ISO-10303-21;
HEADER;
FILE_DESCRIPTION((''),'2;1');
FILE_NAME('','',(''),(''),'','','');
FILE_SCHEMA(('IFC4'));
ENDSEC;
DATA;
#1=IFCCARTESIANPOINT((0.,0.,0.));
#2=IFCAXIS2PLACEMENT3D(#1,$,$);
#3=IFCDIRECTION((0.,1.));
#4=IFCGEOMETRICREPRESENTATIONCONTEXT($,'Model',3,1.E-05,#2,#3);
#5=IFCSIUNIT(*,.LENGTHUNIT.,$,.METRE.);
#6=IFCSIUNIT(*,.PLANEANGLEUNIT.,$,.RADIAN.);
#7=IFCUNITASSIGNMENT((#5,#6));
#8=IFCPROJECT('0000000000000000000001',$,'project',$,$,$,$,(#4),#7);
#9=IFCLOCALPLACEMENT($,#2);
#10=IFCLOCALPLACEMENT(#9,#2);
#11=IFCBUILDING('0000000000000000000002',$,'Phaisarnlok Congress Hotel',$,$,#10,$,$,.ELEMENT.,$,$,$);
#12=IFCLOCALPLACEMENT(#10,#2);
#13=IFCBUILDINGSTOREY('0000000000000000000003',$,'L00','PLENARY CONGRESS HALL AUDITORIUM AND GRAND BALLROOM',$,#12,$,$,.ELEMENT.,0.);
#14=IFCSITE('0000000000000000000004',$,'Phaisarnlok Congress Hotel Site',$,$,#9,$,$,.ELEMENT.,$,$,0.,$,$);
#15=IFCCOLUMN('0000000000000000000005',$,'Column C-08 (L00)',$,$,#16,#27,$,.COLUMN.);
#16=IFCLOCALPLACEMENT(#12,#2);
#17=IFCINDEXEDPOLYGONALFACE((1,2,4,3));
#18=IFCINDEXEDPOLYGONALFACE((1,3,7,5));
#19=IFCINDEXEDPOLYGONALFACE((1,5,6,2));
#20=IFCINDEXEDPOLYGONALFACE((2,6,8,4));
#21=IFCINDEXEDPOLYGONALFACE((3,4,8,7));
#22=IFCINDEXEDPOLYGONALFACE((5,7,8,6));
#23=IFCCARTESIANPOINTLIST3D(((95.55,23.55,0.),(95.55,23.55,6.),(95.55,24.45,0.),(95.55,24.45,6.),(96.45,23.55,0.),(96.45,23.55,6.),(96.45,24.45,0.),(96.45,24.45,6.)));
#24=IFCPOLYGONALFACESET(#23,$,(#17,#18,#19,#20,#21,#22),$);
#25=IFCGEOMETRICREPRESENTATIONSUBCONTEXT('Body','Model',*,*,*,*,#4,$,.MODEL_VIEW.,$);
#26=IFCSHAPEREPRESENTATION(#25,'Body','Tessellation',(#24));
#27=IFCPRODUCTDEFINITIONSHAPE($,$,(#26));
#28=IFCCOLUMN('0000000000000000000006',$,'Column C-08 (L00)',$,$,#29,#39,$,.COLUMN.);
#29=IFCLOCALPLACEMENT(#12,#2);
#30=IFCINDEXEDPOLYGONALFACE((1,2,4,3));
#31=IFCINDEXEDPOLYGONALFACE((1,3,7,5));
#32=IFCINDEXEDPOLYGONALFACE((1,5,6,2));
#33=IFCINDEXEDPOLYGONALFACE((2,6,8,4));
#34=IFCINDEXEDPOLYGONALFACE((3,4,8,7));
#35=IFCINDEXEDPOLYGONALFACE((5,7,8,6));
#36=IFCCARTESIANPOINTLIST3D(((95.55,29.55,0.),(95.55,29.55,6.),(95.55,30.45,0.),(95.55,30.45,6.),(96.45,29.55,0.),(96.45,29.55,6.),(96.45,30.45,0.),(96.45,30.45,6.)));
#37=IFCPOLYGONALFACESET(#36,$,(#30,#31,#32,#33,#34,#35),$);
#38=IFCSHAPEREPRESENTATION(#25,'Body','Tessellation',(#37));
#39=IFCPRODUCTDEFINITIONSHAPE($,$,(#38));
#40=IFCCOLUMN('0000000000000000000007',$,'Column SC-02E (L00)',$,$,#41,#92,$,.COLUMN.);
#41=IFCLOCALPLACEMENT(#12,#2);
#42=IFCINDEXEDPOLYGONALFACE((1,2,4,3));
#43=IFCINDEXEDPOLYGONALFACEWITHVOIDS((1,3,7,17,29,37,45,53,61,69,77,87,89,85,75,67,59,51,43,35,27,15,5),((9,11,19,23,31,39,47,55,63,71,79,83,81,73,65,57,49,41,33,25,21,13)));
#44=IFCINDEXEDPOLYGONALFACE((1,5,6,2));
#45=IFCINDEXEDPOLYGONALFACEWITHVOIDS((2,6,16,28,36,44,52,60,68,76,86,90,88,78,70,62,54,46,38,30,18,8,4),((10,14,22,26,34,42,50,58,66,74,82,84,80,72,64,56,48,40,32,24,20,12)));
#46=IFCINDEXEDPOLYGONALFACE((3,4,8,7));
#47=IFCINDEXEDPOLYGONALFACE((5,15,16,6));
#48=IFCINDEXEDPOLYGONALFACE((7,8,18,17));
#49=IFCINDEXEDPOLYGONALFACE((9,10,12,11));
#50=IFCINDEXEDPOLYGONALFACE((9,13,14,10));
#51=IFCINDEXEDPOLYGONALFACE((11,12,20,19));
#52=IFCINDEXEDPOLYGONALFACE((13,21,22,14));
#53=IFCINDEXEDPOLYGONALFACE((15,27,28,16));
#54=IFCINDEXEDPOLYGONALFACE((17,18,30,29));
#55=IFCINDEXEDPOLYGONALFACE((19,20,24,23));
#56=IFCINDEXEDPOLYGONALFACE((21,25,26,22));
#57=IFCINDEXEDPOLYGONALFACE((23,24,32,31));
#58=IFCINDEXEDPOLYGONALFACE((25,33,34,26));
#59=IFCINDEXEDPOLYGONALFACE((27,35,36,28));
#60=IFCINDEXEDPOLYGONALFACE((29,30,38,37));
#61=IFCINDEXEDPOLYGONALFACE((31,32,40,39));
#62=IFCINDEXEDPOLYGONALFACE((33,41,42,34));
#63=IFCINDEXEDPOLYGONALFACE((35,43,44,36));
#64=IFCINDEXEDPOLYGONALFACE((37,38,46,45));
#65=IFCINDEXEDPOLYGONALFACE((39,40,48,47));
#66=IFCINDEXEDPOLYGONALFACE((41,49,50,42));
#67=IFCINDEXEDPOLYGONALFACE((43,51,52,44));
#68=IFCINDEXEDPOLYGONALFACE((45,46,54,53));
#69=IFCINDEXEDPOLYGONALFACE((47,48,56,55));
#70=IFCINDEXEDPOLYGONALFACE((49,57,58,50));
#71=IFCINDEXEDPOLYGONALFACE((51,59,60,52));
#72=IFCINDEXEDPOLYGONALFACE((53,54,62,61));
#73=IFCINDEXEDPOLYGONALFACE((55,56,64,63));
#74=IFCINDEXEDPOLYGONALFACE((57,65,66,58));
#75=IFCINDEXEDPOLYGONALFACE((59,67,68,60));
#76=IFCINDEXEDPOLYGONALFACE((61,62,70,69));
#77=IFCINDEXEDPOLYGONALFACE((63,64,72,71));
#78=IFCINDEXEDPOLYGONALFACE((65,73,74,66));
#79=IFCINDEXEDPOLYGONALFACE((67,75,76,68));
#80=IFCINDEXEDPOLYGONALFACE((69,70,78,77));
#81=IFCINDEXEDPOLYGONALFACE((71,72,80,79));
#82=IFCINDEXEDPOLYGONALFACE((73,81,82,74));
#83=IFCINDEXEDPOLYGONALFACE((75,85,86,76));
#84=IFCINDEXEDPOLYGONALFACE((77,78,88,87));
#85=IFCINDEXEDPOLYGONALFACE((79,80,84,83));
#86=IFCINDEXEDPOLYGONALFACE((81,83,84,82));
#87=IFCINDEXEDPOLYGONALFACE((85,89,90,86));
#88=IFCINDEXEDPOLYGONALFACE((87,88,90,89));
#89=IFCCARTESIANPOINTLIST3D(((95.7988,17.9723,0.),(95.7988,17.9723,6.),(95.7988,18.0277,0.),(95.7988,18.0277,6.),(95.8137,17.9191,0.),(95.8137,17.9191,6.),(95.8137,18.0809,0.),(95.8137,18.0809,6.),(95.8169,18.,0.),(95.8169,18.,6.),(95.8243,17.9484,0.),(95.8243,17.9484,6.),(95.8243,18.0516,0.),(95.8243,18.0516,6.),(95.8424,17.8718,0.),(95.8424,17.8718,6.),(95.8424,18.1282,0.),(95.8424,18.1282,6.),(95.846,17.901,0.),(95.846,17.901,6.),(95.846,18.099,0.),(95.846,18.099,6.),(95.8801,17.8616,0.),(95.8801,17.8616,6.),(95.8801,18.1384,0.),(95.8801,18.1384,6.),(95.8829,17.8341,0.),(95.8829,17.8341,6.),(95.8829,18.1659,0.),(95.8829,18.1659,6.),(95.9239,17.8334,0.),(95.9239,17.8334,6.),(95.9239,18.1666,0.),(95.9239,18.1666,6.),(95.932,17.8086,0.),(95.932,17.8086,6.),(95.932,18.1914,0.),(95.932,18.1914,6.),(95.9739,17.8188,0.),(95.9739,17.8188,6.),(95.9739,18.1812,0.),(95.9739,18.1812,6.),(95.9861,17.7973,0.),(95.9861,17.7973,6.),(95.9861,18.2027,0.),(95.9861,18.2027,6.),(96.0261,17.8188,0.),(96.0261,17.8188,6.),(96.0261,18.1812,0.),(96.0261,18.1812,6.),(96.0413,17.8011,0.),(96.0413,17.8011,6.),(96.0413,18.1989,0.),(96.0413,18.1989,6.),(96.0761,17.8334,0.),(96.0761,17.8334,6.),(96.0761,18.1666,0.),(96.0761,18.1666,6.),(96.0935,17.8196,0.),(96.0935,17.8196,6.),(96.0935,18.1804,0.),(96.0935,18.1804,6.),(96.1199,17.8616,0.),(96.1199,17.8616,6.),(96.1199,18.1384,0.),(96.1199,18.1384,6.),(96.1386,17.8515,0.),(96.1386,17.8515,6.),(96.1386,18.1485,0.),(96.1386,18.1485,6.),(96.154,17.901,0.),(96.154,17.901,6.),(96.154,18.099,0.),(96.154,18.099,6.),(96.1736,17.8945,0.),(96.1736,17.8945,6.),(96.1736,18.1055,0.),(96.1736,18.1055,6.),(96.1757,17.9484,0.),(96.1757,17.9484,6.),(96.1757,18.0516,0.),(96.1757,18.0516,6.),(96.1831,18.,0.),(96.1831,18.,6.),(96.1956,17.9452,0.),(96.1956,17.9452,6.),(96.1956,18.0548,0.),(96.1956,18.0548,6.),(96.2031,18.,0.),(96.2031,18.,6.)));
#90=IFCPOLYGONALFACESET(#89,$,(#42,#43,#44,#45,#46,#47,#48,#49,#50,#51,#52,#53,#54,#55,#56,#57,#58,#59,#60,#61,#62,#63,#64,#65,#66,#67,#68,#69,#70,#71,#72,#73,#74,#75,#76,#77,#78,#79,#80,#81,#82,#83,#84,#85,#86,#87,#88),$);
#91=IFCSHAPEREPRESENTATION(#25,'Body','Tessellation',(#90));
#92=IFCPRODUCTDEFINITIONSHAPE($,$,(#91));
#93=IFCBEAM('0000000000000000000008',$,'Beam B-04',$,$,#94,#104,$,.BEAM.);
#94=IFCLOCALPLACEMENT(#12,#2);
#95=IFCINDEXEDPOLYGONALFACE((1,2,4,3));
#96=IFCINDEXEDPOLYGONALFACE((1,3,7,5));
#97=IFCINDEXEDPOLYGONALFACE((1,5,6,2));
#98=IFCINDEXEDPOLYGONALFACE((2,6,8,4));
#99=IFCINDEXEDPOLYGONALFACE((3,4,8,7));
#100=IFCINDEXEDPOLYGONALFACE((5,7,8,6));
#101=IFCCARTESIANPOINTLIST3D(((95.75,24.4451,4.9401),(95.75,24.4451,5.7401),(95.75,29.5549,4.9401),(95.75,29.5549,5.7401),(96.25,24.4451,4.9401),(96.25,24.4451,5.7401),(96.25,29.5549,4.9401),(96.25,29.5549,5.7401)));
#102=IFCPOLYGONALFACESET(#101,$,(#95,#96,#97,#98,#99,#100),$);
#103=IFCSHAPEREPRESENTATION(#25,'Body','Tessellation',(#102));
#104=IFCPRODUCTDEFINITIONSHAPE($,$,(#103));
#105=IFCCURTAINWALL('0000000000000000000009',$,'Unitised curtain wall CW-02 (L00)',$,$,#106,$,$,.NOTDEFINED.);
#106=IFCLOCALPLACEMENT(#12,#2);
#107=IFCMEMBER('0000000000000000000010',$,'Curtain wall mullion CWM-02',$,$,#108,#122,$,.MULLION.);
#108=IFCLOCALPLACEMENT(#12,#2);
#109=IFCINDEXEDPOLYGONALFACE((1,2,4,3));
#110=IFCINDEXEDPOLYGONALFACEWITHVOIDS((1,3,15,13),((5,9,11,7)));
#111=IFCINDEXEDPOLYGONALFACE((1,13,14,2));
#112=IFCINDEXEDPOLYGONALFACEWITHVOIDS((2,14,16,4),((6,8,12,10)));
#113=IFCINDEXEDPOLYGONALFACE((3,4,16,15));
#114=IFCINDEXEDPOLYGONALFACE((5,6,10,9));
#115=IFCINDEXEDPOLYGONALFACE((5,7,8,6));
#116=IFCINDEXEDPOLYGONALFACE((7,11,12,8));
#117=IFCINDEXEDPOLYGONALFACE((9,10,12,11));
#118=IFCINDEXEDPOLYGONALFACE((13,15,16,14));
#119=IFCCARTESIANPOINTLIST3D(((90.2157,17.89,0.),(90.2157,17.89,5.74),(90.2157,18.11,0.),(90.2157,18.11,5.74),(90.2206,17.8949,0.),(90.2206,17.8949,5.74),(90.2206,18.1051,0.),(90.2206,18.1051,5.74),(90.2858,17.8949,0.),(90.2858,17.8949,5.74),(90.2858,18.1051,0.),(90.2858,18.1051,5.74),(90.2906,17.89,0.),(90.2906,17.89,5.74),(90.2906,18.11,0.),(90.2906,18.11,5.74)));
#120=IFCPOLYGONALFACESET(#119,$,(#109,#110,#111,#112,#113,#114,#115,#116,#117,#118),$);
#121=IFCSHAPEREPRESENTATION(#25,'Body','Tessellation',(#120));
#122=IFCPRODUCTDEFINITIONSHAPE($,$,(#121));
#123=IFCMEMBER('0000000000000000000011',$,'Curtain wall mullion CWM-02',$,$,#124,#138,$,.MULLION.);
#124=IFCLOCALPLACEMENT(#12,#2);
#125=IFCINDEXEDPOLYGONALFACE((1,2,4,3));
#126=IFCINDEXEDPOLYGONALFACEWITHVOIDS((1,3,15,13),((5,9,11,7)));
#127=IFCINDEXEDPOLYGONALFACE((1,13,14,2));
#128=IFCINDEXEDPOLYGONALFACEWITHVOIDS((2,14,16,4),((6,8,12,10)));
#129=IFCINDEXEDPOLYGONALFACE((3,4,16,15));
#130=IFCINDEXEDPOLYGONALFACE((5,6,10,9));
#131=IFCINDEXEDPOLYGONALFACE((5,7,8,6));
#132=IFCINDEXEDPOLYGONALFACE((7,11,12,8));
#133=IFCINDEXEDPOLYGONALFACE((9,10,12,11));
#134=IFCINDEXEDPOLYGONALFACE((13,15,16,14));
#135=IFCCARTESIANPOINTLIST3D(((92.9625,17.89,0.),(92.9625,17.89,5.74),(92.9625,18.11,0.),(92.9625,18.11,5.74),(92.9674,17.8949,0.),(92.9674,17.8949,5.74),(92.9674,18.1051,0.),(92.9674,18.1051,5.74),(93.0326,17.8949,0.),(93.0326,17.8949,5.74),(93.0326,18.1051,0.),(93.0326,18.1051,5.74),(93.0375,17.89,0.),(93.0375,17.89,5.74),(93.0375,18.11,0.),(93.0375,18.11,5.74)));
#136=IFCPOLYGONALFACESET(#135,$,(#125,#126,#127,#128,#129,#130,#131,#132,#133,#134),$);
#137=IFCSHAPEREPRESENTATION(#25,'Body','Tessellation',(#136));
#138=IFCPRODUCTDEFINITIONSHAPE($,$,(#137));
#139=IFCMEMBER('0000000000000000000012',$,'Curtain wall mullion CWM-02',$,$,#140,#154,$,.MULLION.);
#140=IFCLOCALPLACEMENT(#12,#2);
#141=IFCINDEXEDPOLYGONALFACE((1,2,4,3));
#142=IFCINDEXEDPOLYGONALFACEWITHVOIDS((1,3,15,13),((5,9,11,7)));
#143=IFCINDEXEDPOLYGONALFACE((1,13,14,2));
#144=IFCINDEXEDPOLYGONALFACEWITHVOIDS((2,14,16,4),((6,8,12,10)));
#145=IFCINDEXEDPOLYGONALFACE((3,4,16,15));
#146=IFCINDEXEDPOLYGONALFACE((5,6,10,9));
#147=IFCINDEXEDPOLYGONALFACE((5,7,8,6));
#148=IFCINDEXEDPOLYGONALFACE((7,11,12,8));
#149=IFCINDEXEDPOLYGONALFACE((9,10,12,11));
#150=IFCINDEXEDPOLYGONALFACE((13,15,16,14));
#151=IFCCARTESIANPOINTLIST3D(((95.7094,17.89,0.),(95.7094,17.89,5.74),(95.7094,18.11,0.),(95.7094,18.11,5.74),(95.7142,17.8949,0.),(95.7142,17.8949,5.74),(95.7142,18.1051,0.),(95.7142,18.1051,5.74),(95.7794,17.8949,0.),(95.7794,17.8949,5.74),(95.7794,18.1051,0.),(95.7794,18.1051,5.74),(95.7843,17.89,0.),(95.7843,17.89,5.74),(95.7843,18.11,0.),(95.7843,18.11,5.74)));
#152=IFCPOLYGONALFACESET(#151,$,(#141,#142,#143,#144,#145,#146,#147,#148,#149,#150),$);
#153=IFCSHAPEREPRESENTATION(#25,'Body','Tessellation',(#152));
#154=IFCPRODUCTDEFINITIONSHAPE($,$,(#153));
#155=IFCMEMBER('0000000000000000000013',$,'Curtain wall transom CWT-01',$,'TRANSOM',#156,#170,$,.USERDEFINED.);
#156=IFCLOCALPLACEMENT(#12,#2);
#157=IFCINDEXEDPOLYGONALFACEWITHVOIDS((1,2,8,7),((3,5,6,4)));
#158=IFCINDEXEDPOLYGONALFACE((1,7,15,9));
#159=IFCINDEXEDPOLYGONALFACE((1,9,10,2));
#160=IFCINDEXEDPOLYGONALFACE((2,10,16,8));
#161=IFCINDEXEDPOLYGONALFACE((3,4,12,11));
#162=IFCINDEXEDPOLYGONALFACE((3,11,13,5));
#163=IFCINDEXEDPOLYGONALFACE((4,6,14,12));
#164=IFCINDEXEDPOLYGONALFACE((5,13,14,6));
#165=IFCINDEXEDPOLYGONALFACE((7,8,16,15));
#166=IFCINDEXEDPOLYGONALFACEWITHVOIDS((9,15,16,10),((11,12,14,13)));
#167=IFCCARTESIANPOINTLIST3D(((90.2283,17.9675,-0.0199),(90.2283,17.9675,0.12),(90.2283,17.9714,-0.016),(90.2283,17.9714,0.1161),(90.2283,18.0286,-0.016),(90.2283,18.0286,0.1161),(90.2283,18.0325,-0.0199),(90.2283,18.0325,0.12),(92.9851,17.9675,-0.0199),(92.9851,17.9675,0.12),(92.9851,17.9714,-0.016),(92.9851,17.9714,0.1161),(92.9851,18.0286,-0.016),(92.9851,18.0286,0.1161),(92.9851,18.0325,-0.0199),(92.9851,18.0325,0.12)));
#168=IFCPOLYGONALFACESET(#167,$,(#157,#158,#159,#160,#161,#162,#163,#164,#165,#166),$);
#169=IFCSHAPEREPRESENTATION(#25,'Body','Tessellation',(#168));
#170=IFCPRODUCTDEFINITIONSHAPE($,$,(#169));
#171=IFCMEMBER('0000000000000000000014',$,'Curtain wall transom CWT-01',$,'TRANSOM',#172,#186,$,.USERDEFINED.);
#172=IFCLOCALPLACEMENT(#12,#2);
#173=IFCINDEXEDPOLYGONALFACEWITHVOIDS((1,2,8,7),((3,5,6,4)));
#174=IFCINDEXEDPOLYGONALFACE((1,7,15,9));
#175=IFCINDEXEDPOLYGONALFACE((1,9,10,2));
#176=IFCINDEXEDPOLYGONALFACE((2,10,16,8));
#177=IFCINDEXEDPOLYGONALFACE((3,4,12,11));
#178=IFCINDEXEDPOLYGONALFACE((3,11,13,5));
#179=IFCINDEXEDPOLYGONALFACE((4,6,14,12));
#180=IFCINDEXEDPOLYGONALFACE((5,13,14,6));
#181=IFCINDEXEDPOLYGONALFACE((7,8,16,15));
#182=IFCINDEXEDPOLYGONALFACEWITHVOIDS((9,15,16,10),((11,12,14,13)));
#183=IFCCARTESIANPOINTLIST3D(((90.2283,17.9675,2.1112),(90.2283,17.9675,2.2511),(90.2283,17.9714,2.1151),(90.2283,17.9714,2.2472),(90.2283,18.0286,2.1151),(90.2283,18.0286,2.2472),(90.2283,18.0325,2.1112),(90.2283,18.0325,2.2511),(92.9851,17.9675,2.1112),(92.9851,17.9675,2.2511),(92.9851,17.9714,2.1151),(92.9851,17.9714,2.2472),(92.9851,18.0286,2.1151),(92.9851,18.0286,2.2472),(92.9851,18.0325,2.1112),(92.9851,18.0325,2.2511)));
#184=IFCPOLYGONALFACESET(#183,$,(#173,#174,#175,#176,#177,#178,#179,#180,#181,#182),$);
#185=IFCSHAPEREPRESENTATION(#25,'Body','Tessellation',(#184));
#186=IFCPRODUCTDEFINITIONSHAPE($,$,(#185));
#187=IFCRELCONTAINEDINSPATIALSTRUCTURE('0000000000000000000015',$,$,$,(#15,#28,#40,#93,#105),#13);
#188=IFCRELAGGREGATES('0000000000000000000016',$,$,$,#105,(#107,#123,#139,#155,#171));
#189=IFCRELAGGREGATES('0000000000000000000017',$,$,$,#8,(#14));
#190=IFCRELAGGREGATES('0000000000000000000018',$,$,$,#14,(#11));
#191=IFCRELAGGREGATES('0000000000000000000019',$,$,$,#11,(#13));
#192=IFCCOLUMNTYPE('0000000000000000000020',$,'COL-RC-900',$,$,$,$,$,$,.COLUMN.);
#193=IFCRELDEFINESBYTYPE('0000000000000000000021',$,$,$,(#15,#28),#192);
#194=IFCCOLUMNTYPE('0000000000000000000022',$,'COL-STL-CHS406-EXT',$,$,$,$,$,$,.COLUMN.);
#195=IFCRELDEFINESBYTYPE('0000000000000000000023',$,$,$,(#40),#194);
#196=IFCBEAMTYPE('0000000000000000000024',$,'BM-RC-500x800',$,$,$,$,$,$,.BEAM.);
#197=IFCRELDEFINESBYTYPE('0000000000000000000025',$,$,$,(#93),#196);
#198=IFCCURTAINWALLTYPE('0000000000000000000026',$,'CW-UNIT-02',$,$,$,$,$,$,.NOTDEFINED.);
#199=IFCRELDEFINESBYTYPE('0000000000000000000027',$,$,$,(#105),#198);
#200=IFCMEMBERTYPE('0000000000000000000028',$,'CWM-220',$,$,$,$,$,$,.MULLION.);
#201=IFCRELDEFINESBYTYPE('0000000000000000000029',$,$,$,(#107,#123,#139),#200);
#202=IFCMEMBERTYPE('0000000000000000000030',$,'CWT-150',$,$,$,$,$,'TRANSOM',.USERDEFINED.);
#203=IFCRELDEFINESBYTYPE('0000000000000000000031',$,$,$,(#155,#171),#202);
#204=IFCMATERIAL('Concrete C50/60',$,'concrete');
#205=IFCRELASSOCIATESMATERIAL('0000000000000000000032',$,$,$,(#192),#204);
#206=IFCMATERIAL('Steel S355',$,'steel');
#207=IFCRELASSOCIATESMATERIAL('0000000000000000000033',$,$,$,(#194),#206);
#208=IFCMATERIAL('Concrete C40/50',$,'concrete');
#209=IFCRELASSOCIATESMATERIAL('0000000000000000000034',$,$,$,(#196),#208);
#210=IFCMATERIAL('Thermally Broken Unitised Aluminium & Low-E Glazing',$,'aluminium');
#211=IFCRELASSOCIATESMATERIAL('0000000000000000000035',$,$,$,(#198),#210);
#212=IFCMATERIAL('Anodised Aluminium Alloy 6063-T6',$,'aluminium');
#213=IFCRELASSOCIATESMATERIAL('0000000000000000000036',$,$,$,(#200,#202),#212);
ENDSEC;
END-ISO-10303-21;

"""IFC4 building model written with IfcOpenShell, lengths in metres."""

from ifc_helpers import new_model, si_unit, direction, frame, origin, origin_2d, place, context, subcontext, project, spatial, rectangle, hollow_rectangle, hollow_circle, extrude, material, material_profile, profile_set, type_object, element, aggregate, save


model = new_model("IFC4")

# Units and contexts
model_context = context("Model", 3, precision=1e-05, world=origin(), true_north=direction((0.0, 1.0)))
body_context = subcontext(model_context, "Body", "Model", "MODEL_VIEW")
ifc_project = project(units=[si_unit("LENGTHUNIT", "METRE"), si_unit("PLANEANGLEUNIT", "RADIAN")], contexts=[model_context])

# Site, building, storey
site_placement = place(None, origin())
site = spatial("IfcSite", under=ifc_project, at=site_placement, Name="Phaisarnlok Congress Hotel Site", CompositionType="ELEMENT", RefElevation=0.0)
building_placement = place(site_placement, origin())
building = spatial("IfcBuilding", under=site, at=building_placement, Name="Phaisarnlok Congress Hotel", CompositionType="ELEMENT")
storey_placement = place(building_placement, origin())
storey = spatial("IfcBuildingStorey", under=building, at=storey_placement, Name="L00", Description="PLENARY CONGRESS HALL AUDITORIUM AND GRAND BALLROOM", CompositionType="ELEMENT", Elevation=0.0)

# Columns
ifc_material_1 = material(Name="Concrete C50/60", Category="concrete")
ifc_material_profile_1 = material_profile(ifc_material_1, rectangle(XDim=0.8999, YDim=0.8999, at=origin_2d()), Name="RC 900x900")
ifc_profile_set_1 = profile_set([ifc_material_profile_1], Name="Concrete C50/60")
column_type_1 = type_object("IfcColumnType", Name="COL-RC-900", PredefinedType="COLUMN", material=ifc_profile_set_1)
for number, where, z_axis, x_axis, name in (
    (1, (96.0, 24.0, 0.0), (0.0, 0.0, 1.0), (1.0, 0.0, 0.0), "Column C-08 (L00)"),
    (2, (96.0, 30.0, 0.0), (0.0, 0.0, 1.0), (1.0, 0.0, 0.0), "Column C-08 (L00)"),
):
    element("IfcColumn", number, at=place(storey_placement, frame(where, z_axis=z_axis, x_axis=x_axis)), inside=storey, type_object=column_type_1, Name=name, PredefinedType="COLUMN", context=body_context, shape_type="SweptSolid", body=[
        extrude(rectangle(XDim=0.8999, YDim=0.8999, at=origin_2d()), origin(), (0.0, 0.0, 1.0), 6.0),
    ])
ifc_material_2 = material(Name="Steel S355", Category="steel")
ifc_material_profile_2 = material_profile(ifc_material_2, hollow_circle(Radius=0.2031, WallThickness=0.02, at=origin_2d()), Name="CHS 406.4x20")
ifc_profile_set_2 = profile_set([ifc_material_profile_2], Name="Steel S355")
column_type_2 = type_object("IfcColumnType", Name="COL-STL-CHS406-EXT", PredefinedType="COLUMN", material=ifc_profile_set_2)
column_placement = place(storey_placement, frame((96.0, 18.0, 0.0), z_axis=(0.0, 0.0, 1.0), x_axis=(1.0, 0.0, 0.0)))
element("IfcColumn", 3, at=column_placement, inside=storey, type_object=column_type_2, Name="Column SC-02E (L00)", PredefinedType="COLUMN", context=body_context, shape_type="SweptSolid", body=[
    extrude(hollow_circle(Radius=0.2031, WallThickness=0.02, at=origin_2d()), origin(), (0.0, 0.0, 1.0), 6.0),
])

# Beam
ifc_material_3 = material(Name="Concrete C40/50", Category="concrete")
ifc_material_profile_3 = material_profile(ifc_material_3, rectangle(XDim=0.5, YDim=0.8, at=origin_2d()), Name="RC 500x800")
ifc_profile_set_3 = profile_set([ifc_material_profile_3], Name="Concrete C40/50")
beam_type_1 = type_object("IfcBeamType", Name="BM-RC-500x800", PredefinedType="BEAM", material=ifc_profile_set_3)
beam_1_placement = place(storey_placement, frame((96.0, 24.4451, 5.3401), z_axis=(0.0, 1.0, 0.0), x_axis=(-1.0, 0.0, 0.0)))
element("IfcBeam", 4, at=beam_1_placement, inside=storey, type_object=beam_type_1, Name="Beam B-04", PredefinedType="BEAM", context=body_context, shape_type="SweptSolid", body=[
    extrude(rectangle(XDim=0.5, YDim=0.8, at=origin_2d()), origin(), (0.0, 0.0, 1.0), 5.1099),
])

# Curtain wall, members
ifc_material_4 = material(Name="Thermally Broken Unitised Aluminium & Low-E Glazing", Category="aluminium")
curtain_wall_type = type_object("IfcCurtainWallType", Name="CW-UNIT-02", PredefinedType="NOTDEFINED", material=ifc_material_4)
curtain_wall_placement = place(storey_placement, origin())
curtain_wall = element("IfcCurtainWall", 5, at=curtain_wall_placement, inside=storey, type_object=curtain_wall_type, Name="Unitised curtain wall CW-02 (L00)", PredefinedType="NOTDEFINED")
ifc_material_5 = material(Name="Anodised Aluminium Alloy 6063-T6", Category="aluminium")
ifc_material_profile_4 = material_profile(ifc_material_5, hollow_rectangle(XDim=0.075, YDim=0.22, WallThickness=0.0049, at=origin_2d()), Name="ALU-M 75x220x5")
ifc_profile_set_4 = profile_set([ifc_material_profile_4], Name="Anodised Aluminium Alloy 6063-T6")
member_type_1 = type_object("IfcMemberType", Name="CWM-220", PredefinedType="MULLION", material=ifc_profile_set_4)
member_1_placement = place(storey_placement, frame((90.2532, 18.0, 0.0), z_axis=(0.0, 0.0, 1.0), x_axis=(1.0, 0.0, 0.0)))
member_1 = element("IfcMember", 6, at=member_1_placement, type_object=member_type_1, Name="Curtain wall mullion CWM-02", PredefinedType="MULLION", context=body_context, shape_type="SweptSolid", body=[
    extrude(hollow_rectangle(XDim=0.075, YDim=0.22, WallThickness=0.0049, at=origin_2d()), origin(), (0.0, 0.0, 1.0), 5.74),
])
member_2_placement = place(storey_placement, frame((93.0, 18.0, 0.0), z_axis=(0.0, 0.0, 1.0), x_axis=(1.0, 0.0, 0.0)))
member_2 = element("IfcMember", 7, at=member_2_placement, type_object=member_type_1, Name="Curtain wall mullion CWM-02", PredefinedType="MULLION", context=body_context, shape_type="SweptSolid", body=[
    extrude(hollow_rectangle(XDim=0.075, YDim=0.22, WallThickness=0.0049, at=origin_2d()), origin(), (0.0, 0.0, 1.0), 5.74),
])
member_3_placement = place(storey_placement, frame((95.7468, 18.0, 0.0), z_axis=(0.0, 0.0, 1.0), x_axis=(1.0, 0.0, 0.0)))
member_3 = element("IfcMember", 8, at=member_3_placement, type_object=member_type_1, Name="Curtain wall mullion CWM-02", PredefinedType="MULLION", context=body_context, shape_type="SweptSolid", body=[
    extrude(hollow_rectangle(XDim=0.075, YDim=0.22, WallThickness=0.0049, at=origin_2d()), origin(), (0.0, 0.0, 1.0), 5.74),
])
ifc_material_profile_5 = material_profile(ifc_material_5, hollow_rectangle(XDim=0.0649, YDim=0.1399, WallThickness=0.0039, at=origin_2d()), Name="ALU-T 65x140x4")
ifc_profile_set_5 = profile_set([ifc_material_profile_5], Name="Anodised Aluminium Alloy 6063-T6")
member_type_2 = type_object("IfcMemberType", Name="CWT-150", ElementType="TRANSOM", PredefinedType="USERDEFINED", material=ifc_profile_set_5)
member_4_placement = place(storey_placement, frame((90.2283, 18.0, 0.05), z_axis=(1.0, 0.0, 0.0), x_axis=(0.0, 1.0, 0.0)))
member_4 = element("IfcMember", 9, at=member_4_placement, type_object=member_type_2, Name="Curtain wall transom CWT-01", ObjectType="TRANSOM", PredefinedType="USERDEFINED", context=body_context, shape_type="SweptSolid", body=[
    extrude(hollow_rectangle(XDim=0.0649, YDim=0.1399, WallThickness=0.0039, at=origin_2d()), origin(), (0.0, 0.0, 1.0), 2.7568),
])
member_5_placement = place(storey_placement, frame((90.2283, 18.0, 2.1812), z_axis=(1.0, 0.0, 0.0), x_axis=(0.0, 1.0, 0.0)))
member_5 = element("IfcMember", 10, at=member_5_placement, type_object=member_type_2, Name="Curtain wall transom CWT-01", ObjectType="TRANSOM", PredefinedType="USERDEFINED", context=body_context, shape_type="SweptSolid", body=[
    extrude(hollow_rectangle(XDim=0.0649, YDim=0.1399, WallThickness=0.0039, at=origin_2d()), origin(), (0.0, 0.0, 1.0), 2.7568),
])

aggregate(curtain_wall, [member_1, member_2, member_3, member_4, member_5])

save(model, "model.ifc")
